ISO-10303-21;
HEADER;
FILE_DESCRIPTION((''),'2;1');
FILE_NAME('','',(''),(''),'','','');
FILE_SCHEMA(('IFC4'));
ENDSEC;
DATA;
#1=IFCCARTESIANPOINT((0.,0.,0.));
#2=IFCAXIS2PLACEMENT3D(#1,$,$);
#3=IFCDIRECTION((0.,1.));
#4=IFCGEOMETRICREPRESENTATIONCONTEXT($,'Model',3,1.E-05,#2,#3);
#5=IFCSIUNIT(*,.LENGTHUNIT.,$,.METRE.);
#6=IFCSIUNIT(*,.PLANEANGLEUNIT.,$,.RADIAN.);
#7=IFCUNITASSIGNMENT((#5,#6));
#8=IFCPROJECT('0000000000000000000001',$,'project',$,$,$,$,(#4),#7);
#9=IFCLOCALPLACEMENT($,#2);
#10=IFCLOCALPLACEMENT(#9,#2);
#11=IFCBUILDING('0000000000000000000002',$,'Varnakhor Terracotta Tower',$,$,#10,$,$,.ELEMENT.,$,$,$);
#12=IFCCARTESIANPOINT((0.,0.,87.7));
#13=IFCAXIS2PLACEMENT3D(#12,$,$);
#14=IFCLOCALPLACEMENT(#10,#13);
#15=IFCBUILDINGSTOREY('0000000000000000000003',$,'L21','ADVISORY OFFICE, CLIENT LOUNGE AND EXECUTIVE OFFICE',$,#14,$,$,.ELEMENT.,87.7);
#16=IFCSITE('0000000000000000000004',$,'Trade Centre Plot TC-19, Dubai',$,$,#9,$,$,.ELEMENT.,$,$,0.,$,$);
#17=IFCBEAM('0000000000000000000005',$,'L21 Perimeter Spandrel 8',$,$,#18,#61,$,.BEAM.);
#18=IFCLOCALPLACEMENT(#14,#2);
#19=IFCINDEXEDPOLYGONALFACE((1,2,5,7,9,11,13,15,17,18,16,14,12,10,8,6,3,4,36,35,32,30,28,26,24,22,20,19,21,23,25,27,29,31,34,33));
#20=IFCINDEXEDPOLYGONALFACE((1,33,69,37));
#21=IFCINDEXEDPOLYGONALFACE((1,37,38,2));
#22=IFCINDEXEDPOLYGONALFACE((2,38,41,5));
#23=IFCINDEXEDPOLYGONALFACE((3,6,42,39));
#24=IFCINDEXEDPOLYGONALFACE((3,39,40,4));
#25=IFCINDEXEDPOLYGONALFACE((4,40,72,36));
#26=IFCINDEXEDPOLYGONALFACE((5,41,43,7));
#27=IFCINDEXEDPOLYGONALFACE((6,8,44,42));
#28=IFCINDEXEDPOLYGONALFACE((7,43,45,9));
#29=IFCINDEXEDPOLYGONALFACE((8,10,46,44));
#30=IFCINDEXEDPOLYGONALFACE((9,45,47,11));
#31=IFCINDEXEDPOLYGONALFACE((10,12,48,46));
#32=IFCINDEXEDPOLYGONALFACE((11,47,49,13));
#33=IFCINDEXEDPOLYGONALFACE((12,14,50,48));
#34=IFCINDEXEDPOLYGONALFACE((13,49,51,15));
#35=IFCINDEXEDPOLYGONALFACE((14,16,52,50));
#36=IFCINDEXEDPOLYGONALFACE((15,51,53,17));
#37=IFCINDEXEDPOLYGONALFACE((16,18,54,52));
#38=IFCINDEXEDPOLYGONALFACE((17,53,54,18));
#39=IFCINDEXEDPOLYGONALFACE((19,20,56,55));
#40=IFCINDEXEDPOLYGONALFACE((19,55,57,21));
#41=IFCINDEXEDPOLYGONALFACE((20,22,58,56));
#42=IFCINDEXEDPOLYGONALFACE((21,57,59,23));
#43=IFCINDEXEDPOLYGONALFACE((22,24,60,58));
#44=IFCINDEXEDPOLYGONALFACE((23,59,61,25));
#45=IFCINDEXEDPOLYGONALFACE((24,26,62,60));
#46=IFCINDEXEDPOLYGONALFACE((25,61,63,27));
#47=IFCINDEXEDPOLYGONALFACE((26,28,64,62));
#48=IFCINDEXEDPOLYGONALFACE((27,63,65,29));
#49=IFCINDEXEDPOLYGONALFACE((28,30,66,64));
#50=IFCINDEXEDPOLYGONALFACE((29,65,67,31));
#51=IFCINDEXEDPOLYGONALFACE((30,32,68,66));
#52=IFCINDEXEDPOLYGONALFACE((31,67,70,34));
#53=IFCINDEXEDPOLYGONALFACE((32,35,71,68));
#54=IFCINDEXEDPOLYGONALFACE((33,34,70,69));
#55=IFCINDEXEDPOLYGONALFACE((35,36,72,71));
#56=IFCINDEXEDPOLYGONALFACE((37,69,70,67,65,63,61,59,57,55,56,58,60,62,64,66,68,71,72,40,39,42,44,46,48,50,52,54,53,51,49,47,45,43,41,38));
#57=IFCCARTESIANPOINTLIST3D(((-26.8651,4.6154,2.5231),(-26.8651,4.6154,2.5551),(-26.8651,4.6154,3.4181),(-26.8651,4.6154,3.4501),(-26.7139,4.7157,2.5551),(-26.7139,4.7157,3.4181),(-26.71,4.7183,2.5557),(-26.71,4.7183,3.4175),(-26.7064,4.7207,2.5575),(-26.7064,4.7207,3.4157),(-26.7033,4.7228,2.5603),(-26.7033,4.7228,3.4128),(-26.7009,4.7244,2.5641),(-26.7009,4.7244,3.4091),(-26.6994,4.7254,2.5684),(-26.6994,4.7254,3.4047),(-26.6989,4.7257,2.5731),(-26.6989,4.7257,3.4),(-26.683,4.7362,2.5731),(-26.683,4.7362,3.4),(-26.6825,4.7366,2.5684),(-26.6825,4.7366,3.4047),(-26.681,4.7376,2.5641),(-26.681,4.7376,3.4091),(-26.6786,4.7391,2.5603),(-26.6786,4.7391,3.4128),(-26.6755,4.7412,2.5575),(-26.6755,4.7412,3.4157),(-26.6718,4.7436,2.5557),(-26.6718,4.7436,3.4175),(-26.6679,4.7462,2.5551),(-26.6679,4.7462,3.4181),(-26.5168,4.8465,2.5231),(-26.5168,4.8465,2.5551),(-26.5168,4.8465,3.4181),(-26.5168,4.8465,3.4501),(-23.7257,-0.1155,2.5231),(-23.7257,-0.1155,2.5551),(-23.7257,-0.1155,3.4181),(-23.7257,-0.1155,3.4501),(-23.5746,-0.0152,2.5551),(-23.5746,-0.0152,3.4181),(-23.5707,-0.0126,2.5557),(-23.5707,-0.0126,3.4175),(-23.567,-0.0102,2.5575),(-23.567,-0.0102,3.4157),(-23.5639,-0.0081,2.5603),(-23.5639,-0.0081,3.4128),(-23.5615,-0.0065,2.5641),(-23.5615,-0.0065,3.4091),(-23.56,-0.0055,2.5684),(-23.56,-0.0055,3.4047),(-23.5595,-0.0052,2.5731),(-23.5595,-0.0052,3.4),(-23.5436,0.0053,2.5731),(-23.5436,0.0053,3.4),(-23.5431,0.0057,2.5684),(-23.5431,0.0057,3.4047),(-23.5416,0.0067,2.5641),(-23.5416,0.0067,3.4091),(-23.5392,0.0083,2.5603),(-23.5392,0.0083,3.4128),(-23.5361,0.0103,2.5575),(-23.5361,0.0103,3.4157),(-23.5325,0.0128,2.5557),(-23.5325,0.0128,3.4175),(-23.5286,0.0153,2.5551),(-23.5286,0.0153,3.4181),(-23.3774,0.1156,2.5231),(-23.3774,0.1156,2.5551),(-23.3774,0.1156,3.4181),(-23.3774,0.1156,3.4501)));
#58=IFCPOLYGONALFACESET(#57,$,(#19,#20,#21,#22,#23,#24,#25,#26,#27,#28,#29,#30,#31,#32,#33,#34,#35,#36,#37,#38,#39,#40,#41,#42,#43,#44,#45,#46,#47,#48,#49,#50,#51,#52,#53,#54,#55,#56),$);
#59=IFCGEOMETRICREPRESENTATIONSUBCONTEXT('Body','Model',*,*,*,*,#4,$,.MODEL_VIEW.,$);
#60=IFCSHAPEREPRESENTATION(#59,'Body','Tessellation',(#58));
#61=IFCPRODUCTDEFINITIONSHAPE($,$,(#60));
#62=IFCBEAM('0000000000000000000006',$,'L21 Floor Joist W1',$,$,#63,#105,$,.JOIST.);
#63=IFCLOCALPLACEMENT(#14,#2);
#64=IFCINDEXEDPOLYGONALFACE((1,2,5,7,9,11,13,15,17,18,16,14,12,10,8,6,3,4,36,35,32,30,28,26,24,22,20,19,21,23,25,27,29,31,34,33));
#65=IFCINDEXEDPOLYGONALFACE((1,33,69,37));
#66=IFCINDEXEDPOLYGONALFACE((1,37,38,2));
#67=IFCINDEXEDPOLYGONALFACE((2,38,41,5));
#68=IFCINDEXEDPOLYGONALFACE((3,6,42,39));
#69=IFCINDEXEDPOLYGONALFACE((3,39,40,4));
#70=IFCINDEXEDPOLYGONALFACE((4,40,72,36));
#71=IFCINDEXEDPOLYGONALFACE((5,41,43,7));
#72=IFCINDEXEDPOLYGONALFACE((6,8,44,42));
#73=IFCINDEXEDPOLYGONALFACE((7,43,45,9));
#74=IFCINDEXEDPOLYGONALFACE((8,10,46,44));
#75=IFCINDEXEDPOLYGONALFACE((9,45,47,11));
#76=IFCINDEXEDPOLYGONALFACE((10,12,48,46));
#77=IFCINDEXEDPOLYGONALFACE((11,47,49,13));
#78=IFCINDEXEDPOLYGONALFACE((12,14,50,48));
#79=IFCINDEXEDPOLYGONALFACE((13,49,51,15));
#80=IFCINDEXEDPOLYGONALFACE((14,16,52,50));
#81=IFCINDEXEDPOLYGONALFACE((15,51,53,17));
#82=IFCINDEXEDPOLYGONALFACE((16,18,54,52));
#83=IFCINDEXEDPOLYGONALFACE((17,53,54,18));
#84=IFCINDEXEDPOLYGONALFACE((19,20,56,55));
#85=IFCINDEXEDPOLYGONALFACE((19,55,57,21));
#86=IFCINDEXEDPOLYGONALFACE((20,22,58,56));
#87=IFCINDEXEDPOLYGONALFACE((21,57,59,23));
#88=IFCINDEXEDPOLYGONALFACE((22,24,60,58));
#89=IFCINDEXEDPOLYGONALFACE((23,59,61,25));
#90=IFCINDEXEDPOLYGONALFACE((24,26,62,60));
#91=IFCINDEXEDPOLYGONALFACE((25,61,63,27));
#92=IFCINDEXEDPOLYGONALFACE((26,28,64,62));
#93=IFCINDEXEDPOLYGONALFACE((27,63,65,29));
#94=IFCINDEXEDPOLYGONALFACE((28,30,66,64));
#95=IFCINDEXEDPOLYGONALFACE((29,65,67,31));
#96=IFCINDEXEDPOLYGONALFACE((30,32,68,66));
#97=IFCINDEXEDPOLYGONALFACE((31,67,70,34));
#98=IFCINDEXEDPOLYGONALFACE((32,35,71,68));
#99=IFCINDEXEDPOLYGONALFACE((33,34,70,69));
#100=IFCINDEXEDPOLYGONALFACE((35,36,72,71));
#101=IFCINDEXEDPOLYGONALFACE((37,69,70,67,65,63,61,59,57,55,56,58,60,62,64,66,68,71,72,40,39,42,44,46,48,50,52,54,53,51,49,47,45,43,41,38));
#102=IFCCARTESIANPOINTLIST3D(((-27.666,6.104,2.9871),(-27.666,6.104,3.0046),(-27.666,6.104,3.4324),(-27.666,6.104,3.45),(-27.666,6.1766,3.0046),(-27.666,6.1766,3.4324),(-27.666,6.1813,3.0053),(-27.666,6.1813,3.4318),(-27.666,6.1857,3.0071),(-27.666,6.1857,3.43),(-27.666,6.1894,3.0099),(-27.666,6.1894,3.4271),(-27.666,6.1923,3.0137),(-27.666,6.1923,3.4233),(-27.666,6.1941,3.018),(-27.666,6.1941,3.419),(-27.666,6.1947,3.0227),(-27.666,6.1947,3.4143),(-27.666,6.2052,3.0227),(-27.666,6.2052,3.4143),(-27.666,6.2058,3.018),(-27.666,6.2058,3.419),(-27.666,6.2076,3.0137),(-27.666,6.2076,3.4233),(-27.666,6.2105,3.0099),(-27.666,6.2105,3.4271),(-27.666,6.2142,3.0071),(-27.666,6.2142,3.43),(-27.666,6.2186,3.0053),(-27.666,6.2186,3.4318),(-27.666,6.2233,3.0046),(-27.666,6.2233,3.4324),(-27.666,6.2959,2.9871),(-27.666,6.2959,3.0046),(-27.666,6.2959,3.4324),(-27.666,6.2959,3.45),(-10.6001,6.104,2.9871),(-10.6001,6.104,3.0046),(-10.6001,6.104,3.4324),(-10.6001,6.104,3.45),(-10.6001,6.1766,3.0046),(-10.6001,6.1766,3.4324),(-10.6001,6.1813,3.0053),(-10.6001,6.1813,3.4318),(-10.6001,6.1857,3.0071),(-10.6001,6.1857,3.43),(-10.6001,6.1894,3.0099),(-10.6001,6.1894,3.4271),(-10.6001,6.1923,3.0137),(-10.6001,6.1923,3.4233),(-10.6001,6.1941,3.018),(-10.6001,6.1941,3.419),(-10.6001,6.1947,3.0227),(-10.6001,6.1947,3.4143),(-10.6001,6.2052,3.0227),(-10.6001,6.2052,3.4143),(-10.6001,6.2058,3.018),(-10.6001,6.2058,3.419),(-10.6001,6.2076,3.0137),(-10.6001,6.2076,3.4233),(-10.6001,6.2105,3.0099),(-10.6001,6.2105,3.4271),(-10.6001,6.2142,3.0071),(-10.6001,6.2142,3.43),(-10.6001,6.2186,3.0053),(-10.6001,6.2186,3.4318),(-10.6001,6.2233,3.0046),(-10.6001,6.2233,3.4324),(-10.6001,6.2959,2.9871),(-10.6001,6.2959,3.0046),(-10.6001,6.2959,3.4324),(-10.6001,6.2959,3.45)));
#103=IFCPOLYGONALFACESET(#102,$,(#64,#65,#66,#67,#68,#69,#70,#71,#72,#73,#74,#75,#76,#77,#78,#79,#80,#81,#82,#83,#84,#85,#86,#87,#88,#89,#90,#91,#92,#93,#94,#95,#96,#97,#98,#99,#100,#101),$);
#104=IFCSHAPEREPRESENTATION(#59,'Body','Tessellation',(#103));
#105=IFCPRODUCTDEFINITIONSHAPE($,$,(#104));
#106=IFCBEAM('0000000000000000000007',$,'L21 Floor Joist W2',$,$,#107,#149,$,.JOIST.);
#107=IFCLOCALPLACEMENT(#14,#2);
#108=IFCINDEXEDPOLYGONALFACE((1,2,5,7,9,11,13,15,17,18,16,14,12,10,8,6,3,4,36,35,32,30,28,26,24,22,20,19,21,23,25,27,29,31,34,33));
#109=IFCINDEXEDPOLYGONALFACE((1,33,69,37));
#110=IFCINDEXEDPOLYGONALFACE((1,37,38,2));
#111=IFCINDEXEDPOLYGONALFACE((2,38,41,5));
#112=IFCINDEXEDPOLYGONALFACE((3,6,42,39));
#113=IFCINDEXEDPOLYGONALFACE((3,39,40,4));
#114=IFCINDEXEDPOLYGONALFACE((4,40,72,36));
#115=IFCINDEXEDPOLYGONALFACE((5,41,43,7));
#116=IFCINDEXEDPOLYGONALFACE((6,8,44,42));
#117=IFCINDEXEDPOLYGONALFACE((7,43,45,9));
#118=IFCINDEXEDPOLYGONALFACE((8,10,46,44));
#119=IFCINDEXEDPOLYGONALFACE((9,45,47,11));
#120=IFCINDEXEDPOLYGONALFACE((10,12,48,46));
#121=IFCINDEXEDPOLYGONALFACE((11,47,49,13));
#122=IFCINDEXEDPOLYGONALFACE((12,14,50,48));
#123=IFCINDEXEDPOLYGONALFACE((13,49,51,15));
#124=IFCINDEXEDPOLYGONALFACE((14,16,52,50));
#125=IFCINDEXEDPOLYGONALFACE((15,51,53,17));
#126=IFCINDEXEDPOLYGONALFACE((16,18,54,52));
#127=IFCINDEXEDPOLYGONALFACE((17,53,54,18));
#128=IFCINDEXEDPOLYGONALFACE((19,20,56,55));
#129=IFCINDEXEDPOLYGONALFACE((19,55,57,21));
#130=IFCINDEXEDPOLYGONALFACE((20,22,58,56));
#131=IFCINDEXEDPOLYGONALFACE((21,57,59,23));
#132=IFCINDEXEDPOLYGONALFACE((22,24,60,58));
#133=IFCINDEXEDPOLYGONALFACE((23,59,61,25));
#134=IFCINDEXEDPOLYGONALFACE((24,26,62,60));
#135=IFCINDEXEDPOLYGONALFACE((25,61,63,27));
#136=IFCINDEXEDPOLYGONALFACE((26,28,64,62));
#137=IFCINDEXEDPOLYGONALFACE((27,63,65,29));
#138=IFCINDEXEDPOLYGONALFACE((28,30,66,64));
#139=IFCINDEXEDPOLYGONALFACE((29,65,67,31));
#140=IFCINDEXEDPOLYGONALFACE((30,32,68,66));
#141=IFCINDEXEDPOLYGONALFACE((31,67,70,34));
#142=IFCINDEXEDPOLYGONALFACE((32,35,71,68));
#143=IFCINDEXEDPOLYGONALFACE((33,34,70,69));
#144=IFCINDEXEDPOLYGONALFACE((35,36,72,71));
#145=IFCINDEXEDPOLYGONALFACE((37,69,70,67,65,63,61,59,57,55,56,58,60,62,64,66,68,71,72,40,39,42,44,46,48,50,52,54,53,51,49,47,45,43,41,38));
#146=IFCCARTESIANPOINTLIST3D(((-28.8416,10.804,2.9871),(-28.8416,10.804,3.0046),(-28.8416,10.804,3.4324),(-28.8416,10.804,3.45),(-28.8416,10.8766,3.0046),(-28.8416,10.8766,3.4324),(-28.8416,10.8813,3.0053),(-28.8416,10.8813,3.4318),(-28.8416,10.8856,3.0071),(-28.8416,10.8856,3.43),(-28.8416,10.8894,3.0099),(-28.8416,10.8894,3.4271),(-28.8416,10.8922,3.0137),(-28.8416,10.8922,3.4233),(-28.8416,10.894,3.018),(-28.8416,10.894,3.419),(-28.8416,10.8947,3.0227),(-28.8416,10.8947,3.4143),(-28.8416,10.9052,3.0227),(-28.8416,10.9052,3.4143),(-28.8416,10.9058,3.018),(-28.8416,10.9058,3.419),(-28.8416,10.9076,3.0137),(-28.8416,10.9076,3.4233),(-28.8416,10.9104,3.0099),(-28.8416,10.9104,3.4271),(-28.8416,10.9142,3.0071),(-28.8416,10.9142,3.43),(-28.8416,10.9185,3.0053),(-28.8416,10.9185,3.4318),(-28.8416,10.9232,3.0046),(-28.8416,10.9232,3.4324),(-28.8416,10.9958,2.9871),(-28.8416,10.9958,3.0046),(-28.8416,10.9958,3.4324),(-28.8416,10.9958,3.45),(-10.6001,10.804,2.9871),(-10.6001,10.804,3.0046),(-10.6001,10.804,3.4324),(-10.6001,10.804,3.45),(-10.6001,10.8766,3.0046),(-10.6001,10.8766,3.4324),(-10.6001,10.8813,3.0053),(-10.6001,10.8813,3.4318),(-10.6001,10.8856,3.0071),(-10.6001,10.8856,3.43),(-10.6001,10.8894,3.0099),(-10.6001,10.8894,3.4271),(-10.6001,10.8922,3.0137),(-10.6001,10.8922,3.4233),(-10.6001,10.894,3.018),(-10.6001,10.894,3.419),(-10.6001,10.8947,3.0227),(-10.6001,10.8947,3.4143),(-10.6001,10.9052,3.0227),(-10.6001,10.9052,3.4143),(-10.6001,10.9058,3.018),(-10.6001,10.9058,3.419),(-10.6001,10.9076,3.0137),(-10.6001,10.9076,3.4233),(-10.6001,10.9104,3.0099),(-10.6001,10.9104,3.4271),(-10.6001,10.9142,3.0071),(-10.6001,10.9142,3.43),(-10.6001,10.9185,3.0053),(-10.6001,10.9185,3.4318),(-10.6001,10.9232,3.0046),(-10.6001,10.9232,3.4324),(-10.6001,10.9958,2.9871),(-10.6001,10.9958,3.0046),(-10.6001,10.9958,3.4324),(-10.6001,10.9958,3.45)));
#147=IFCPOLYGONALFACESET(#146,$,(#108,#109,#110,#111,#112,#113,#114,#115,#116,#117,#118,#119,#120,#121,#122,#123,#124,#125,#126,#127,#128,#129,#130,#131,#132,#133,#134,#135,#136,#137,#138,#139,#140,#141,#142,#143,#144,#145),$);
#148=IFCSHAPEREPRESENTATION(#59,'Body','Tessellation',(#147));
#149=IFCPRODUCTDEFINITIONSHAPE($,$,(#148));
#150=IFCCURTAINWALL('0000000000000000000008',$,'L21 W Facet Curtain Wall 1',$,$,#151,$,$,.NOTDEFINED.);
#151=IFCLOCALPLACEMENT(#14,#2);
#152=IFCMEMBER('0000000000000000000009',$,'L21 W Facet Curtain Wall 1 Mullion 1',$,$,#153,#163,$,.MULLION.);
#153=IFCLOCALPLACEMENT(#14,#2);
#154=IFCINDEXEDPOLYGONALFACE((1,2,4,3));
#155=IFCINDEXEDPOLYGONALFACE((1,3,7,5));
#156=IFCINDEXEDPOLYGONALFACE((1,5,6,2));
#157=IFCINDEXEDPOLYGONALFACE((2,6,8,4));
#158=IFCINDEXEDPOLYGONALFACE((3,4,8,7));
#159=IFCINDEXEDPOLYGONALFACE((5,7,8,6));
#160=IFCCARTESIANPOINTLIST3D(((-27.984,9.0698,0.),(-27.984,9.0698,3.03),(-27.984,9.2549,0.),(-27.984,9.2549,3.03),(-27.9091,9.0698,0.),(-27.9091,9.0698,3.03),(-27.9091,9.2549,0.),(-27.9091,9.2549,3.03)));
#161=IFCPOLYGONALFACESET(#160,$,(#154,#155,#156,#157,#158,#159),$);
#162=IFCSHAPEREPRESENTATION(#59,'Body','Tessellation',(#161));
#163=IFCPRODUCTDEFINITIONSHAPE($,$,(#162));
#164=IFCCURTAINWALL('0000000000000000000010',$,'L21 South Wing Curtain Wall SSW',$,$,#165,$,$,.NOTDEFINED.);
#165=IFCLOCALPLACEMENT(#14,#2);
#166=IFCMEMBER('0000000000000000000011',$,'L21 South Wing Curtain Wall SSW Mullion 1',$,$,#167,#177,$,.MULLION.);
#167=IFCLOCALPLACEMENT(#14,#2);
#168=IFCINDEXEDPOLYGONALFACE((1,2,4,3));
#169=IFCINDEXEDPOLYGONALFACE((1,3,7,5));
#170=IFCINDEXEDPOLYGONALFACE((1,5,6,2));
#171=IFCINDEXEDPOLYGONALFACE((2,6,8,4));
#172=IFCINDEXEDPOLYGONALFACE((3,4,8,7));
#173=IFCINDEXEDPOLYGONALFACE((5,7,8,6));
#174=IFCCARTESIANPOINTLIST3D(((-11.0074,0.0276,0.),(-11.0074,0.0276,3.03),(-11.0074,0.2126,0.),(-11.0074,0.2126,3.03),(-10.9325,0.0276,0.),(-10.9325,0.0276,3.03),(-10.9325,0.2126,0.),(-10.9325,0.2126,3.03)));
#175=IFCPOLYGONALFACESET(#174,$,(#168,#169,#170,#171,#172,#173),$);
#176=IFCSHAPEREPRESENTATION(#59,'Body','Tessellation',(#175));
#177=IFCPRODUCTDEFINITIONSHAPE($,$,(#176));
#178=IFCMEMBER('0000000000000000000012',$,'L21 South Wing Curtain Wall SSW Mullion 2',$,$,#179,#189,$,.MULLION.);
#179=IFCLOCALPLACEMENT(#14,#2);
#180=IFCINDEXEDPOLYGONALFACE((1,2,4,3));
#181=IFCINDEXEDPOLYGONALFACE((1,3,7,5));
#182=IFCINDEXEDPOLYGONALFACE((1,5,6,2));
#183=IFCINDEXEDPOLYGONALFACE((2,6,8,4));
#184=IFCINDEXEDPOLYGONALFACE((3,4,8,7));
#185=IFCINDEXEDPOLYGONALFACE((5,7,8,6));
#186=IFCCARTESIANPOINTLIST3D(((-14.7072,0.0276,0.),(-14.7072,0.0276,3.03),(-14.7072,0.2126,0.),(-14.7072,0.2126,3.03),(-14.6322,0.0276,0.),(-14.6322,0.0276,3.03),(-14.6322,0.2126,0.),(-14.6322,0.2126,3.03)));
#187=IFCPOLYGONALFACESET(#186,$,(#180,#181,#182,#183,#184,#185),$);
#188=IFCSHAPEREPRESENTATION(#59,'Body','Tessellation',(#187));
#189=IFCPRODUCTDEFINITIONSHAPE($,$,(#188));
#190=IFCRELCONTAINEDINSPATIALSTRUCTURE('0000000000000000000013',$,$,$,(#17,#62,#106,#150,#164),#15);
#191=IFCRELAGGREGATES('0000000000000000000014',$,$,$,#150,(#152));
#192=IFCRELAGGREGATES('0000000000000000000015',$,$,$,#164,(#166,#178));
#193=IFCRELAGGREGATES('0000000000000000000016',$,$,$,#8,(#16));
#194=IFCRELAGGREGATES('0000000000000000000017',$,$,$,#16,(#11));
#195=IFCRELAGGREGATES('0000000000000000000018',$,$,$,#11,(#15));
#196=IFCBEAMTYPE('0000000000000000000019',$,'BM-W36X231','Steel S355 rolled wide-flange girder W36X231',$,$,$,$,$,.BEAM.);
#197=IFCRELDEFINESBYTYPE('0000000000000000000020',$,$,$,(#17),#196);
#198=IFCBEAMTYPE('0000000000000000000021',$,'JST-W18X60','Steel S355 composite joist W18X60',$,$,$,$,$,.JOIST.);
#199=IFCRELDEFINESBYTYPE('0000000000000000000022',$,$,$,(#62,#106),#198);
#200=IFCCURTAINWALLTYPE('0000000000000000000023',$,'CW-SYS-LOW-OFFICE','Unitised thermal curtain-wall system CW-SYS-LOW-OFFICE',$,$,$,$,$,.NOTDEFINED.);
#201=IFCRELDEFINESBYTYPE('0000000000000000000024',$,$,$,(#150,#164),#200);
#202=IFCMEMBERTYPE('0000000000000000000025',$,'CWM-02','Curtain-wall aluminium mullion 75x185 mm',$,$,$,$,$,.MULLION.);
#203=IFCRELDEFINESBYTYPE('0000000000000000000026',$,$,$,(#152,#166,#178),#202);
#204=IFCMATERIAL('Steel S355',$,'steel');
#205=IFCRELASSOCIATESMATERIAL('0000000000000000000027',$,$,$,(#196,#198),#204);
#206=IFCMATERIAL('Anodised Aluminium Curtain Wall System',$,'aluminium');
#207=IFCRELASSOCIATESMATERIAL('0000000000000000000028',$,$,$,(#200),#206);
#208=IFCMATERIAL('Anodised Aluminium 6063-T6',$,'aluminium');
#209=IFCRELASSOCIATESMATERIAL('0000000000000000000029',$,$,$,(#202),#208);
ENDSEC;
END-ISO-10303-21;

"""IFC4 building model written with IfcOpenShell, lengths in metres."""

from ifc_helpers import new_model, si_unit, direction, frame, origin, origin_2d, place, context, subcontext, project, spatial, rectangle, i_section, extrude, source, transform, mapped, material, material_profile, profile_set, type_object, type_shapes, element, aggregate, save


model = new_model("IFC4")

# Units and contexts
model_context = context("Model", 3, precision=1e-05, world=origin(), true_north=direction((0.0, 1.0)))
body_context = subcontext(model_context, "Body", "Model", "MODEL_VIEW")
ifc_project = project(units=[si_unit("LENGTHUNIT", "METRE"), si_unit("PLANEANGLEUNIT", "RADIAN")], contexts=[model_context])

# Site, building, storey
site_placement = place(None, origin())
site = spatial("IfcSite", under=ifc_project, at=site_placement, Name="Trade Centre Plot TC-19, Dubai", CompositionType="ELEMENT", RefElevation=0.0)
building_placement = place(site_placement, origin())
building = spatial("IfcBuilding", under=site, at=building_placement, Name="Varnakhor Terracotta Tower", CompositionType="ELEMENT")
storey_placement = place(building_placement, frame((0.0, 0.0, 87.7)))
storey = spatial("IfcBuildingStorey", under=building, at=storey_placement, Name="L21", Description="ADVISORY OFFICE, CLIENT LOUNGE AND EXECUTIVE OFFICE", CompositionType="ELEMENT", Elevation=87.7)

# Beams
ifc_material_1 = material(Name="Steel S355", Category="steel")
ifc_material_profile_1 = material_profile(ifc_material_1, i_section(OverallWidth=0.418, OverallDepth=0.927, WebThickness=0.019, FlangeThickness=0.032, FilletRadius=0.0181, at=origin_2d()), Name="W36X231")
ifc_profile_set_1 = profile_set([ifc_material_profile_1], Name="Steel S355")
beam_type_1 = type_object("IfcBeamType", Name="BM-W36X231", Description="Steel S355 rolled wide-flange girder W36X231", PredefinedType="BEAM", material=ifc_profile_set_1)
shared_shape_1 = source(origin(), body_context, "Body", "SweptSolid", [
    extrude(i_section(OverallWidth=0.418, OverallDepth=0.927, WebThickness=0.019, FlangeThickness=0.032, FilletRadius=0.0181, at=origin_2d()), origin(), (0.0, 0.0, 1.0), 5.6777),
])
beam_1_placement = place(storey_placement, frame((-26.6909, 4.731, 2.9866), z_axis=(0.552923, -0.833233, 0.0), x_axis=(0.833233, 0.552923, 0.0)))
element("IfcBeam", 1, at=beam_1_placement, inside=storey, type_object=beam_type_1, Name="L21 Perimeter Spandrel 8", PredefinedType="BEAM", context=body_context, shape_type="MappedRepresentation", body=[
    mapped(shared_shape_1, transform((0.0, 0.0, 0.0), scale=1.0)),
])
ifc_material_profile_2 = material_profile(ifc_material_1, i_section(OverallWidth=0.1919, OverallDepth=0.4629, WebThickness=0.0105, FlangeThickness=0.0176, FilletRadius=0.0181, at=origin_2d()), Name="W18X60")
ifc_profile_set_2 = profile_set([ifc_material_profile_2], Name="Steel S355")
beam_type_2 = type_object("IfcBeamType", Name="JST-W18X60", Description="Steel S355 composite joist W18X60", PredefinedType="JOIST", material=ifc_profile_set_2)
shared_shape_2 = source(origin(), body_context, "Body", "SweptSolid", [
    extrude(i_section(OverallWidth=0.1919, OverallDepth=0.4629, WebThickness=0.0105, FlangeThickness=0.0176, FilletRadius=0.0181, at=origin_2d()), origin(), (0.0, 0.0, 1.0), 17.0659),
])
beam_2_placement = place(storey_placement, frame((-27.666, 6.2, 3.2185), z_axis=(1.0, 0.0, 0.0), x_axis=(0.0, 1.0, 0.0)))
element("IfcBeam", 2, at=beam_2_placement, inside=storey, type_object=beam_type_2, Name="L21 Floor Joist W1", PredefinedType="JOIST", context=body_context, shape_type="MappedRepresentation", body=[
    mapped(shared_shape_2, transform((0.0, 0.0, 0.0), scale=1.0)),
])
shared_shape_3 = source(origin(), body_context, "Body", "SweptSolid", [
    extrude(i_section(OverallWidth=0.1919, OverallDepth=0.4629, WebThickness=0.0105, FlangeThickness=0.0176, FilletRadius=0.0181, at=origin_2d()), origin(), (0.0, 0.0, 1.0), 18.2415),
])
beam_3_placement = place(storey_placement, frame((-28.8416, 10.8999, 3.2185), z_axis=(1.0, 0.0, 0.0), x_axis=(0.0, 1.0, 0.0)))
element("IfcBeam", 3, at=beam_3_placement, inside=storey, type_object=beam_type_2, Name="L21 Floor Joist W2", PredefinedType="JOIST", context=body_context, shape_type="MappedRepresentation", body=[
    mapped(shared_shape_3, transform((0.0, 0.0, 0.0), scale=1.0)),
])

# Curtain wall, member
ifc_material_2 = material(Name="Anodised Aluminium Curtain Wall System", Category="aluminium")
curtain_wall_type = type_object("IfcCurtainWallType", Name="CW-SYS-LOW-OFFICE", Description="Unitised thermal curtain-wall system CW-SYS-LOW-OFFICE", PredefinedType="NOTDEFINED", material=ifc_material_2)
curtain_wall_1_placement = place(storey_placement, origin())
curtain_wall_1 = element("IfcCurtainWall", 4, at=curtain_wall_1_placement, inside=storey, type_object=curtain_wall_type, Name="L21 W Facet Curtain Wall 1", PredefinedType="NOTDEFINED")
ifc_material_3 = material(Name="Anodised Aluminium 6063-T6", Category="aluminium")
ifc_material_profile_3 = material_profile(ifc_material_3, rectangle(XDim=0.075, YDim=0.1851, at=origin_2d()), Name="ALU MULLION 75x185")
ifc_profile_set_3 = profile_set([ifc_material_profile_3], Name="Anodised Aluminium 6063-T6")
member_type_1 = type_object("IfcMemberType", Name="CWM-02", Description="Curtain-wall aluminium mullion 75x185 mm", PredefinedType="MULLION", material=ifc_profile_set_3)
shared_shape_4 = source(origin(), body_context, "Body", "SweptSolid", [
    extrude(rectangle(XDim=0.075, YDim=0.1851, at=origin_2d()), origin(), (0.0, 0.0, 1.0), 3.03),
])
type_shapes(member_type_1, [shared_shape_4])
member_1_placement = place(storey_placement, frame((-27.9465, 9.1624, 0.0), z_axis=(0.0, 0.0, 1.0), x_axis=(1.0, 0.0, 0.0)))
member_1 = element("IfcMember", 5, at=member_1_placement, type_object=member_type_1, Name="L21 W Facet Curtain Wall 1 Mullion 1", PredefinedType="MULLION", context=body_context, shape_type="MappedRepresentation", body=[
    mapped(shared_shape_4, transform((0.0, 0.0, 0.0), scale=1.0)),
])

# Curtain wall, members
curtain_wall_2_placement = place(storey_placement, origin())
curtain_wall_2 = element("IfcCurtainWall", 6, at=curtain_wall_2_placement, inside=storey, type_object=curtain_wall_type, Name="L21 South Wing Curtain Wall SSW", PredefinedType="NOTDEFINED")
member_2_placement = place(storey_placement, frame((-10.97, 0.1201, 0.0), z_axis=(0.0, 0.0, 1.0), x_axis=(1.0, 0.0, 0.0)))
member_2 = element("IfcMember", 7, at=member_2_placement, type_object=member_type_1, Name="L21 South Wing Curtain Wall SSW Mullion 1", PredefinedType="MULLION", context=body_context, shape_type="MappedRepresentation", body=[
    mapped(shared_shape_4, transform((0.0, 0.0, 0.0), scale=1.0)),
])
member_3_placement = place(storey_placement, frame((-14.6697, 0.1201, 0.0), z_axis=(0.0, 0.0, 1.0), x_axis=(1.0, 0.0, 0.0)))
member_3 = element("IfcMember", 8, at=member_3_placement, type_object=member_type_1, Name="L21 South Wing Curtain Wall SSW Mullion 2", PredefinedType="MULLION", context=body_context, shape_type="MappedRepresentation", body=[
    mapped(shared_shape_4, transform((0.0, 0.0, 0.0), scale=1.0)),
])

aggregate(curtain_wall_1, [member_1])
aggregate(curtain_wall_2, [member_2, member_3])

save(model, "model.ifc")
